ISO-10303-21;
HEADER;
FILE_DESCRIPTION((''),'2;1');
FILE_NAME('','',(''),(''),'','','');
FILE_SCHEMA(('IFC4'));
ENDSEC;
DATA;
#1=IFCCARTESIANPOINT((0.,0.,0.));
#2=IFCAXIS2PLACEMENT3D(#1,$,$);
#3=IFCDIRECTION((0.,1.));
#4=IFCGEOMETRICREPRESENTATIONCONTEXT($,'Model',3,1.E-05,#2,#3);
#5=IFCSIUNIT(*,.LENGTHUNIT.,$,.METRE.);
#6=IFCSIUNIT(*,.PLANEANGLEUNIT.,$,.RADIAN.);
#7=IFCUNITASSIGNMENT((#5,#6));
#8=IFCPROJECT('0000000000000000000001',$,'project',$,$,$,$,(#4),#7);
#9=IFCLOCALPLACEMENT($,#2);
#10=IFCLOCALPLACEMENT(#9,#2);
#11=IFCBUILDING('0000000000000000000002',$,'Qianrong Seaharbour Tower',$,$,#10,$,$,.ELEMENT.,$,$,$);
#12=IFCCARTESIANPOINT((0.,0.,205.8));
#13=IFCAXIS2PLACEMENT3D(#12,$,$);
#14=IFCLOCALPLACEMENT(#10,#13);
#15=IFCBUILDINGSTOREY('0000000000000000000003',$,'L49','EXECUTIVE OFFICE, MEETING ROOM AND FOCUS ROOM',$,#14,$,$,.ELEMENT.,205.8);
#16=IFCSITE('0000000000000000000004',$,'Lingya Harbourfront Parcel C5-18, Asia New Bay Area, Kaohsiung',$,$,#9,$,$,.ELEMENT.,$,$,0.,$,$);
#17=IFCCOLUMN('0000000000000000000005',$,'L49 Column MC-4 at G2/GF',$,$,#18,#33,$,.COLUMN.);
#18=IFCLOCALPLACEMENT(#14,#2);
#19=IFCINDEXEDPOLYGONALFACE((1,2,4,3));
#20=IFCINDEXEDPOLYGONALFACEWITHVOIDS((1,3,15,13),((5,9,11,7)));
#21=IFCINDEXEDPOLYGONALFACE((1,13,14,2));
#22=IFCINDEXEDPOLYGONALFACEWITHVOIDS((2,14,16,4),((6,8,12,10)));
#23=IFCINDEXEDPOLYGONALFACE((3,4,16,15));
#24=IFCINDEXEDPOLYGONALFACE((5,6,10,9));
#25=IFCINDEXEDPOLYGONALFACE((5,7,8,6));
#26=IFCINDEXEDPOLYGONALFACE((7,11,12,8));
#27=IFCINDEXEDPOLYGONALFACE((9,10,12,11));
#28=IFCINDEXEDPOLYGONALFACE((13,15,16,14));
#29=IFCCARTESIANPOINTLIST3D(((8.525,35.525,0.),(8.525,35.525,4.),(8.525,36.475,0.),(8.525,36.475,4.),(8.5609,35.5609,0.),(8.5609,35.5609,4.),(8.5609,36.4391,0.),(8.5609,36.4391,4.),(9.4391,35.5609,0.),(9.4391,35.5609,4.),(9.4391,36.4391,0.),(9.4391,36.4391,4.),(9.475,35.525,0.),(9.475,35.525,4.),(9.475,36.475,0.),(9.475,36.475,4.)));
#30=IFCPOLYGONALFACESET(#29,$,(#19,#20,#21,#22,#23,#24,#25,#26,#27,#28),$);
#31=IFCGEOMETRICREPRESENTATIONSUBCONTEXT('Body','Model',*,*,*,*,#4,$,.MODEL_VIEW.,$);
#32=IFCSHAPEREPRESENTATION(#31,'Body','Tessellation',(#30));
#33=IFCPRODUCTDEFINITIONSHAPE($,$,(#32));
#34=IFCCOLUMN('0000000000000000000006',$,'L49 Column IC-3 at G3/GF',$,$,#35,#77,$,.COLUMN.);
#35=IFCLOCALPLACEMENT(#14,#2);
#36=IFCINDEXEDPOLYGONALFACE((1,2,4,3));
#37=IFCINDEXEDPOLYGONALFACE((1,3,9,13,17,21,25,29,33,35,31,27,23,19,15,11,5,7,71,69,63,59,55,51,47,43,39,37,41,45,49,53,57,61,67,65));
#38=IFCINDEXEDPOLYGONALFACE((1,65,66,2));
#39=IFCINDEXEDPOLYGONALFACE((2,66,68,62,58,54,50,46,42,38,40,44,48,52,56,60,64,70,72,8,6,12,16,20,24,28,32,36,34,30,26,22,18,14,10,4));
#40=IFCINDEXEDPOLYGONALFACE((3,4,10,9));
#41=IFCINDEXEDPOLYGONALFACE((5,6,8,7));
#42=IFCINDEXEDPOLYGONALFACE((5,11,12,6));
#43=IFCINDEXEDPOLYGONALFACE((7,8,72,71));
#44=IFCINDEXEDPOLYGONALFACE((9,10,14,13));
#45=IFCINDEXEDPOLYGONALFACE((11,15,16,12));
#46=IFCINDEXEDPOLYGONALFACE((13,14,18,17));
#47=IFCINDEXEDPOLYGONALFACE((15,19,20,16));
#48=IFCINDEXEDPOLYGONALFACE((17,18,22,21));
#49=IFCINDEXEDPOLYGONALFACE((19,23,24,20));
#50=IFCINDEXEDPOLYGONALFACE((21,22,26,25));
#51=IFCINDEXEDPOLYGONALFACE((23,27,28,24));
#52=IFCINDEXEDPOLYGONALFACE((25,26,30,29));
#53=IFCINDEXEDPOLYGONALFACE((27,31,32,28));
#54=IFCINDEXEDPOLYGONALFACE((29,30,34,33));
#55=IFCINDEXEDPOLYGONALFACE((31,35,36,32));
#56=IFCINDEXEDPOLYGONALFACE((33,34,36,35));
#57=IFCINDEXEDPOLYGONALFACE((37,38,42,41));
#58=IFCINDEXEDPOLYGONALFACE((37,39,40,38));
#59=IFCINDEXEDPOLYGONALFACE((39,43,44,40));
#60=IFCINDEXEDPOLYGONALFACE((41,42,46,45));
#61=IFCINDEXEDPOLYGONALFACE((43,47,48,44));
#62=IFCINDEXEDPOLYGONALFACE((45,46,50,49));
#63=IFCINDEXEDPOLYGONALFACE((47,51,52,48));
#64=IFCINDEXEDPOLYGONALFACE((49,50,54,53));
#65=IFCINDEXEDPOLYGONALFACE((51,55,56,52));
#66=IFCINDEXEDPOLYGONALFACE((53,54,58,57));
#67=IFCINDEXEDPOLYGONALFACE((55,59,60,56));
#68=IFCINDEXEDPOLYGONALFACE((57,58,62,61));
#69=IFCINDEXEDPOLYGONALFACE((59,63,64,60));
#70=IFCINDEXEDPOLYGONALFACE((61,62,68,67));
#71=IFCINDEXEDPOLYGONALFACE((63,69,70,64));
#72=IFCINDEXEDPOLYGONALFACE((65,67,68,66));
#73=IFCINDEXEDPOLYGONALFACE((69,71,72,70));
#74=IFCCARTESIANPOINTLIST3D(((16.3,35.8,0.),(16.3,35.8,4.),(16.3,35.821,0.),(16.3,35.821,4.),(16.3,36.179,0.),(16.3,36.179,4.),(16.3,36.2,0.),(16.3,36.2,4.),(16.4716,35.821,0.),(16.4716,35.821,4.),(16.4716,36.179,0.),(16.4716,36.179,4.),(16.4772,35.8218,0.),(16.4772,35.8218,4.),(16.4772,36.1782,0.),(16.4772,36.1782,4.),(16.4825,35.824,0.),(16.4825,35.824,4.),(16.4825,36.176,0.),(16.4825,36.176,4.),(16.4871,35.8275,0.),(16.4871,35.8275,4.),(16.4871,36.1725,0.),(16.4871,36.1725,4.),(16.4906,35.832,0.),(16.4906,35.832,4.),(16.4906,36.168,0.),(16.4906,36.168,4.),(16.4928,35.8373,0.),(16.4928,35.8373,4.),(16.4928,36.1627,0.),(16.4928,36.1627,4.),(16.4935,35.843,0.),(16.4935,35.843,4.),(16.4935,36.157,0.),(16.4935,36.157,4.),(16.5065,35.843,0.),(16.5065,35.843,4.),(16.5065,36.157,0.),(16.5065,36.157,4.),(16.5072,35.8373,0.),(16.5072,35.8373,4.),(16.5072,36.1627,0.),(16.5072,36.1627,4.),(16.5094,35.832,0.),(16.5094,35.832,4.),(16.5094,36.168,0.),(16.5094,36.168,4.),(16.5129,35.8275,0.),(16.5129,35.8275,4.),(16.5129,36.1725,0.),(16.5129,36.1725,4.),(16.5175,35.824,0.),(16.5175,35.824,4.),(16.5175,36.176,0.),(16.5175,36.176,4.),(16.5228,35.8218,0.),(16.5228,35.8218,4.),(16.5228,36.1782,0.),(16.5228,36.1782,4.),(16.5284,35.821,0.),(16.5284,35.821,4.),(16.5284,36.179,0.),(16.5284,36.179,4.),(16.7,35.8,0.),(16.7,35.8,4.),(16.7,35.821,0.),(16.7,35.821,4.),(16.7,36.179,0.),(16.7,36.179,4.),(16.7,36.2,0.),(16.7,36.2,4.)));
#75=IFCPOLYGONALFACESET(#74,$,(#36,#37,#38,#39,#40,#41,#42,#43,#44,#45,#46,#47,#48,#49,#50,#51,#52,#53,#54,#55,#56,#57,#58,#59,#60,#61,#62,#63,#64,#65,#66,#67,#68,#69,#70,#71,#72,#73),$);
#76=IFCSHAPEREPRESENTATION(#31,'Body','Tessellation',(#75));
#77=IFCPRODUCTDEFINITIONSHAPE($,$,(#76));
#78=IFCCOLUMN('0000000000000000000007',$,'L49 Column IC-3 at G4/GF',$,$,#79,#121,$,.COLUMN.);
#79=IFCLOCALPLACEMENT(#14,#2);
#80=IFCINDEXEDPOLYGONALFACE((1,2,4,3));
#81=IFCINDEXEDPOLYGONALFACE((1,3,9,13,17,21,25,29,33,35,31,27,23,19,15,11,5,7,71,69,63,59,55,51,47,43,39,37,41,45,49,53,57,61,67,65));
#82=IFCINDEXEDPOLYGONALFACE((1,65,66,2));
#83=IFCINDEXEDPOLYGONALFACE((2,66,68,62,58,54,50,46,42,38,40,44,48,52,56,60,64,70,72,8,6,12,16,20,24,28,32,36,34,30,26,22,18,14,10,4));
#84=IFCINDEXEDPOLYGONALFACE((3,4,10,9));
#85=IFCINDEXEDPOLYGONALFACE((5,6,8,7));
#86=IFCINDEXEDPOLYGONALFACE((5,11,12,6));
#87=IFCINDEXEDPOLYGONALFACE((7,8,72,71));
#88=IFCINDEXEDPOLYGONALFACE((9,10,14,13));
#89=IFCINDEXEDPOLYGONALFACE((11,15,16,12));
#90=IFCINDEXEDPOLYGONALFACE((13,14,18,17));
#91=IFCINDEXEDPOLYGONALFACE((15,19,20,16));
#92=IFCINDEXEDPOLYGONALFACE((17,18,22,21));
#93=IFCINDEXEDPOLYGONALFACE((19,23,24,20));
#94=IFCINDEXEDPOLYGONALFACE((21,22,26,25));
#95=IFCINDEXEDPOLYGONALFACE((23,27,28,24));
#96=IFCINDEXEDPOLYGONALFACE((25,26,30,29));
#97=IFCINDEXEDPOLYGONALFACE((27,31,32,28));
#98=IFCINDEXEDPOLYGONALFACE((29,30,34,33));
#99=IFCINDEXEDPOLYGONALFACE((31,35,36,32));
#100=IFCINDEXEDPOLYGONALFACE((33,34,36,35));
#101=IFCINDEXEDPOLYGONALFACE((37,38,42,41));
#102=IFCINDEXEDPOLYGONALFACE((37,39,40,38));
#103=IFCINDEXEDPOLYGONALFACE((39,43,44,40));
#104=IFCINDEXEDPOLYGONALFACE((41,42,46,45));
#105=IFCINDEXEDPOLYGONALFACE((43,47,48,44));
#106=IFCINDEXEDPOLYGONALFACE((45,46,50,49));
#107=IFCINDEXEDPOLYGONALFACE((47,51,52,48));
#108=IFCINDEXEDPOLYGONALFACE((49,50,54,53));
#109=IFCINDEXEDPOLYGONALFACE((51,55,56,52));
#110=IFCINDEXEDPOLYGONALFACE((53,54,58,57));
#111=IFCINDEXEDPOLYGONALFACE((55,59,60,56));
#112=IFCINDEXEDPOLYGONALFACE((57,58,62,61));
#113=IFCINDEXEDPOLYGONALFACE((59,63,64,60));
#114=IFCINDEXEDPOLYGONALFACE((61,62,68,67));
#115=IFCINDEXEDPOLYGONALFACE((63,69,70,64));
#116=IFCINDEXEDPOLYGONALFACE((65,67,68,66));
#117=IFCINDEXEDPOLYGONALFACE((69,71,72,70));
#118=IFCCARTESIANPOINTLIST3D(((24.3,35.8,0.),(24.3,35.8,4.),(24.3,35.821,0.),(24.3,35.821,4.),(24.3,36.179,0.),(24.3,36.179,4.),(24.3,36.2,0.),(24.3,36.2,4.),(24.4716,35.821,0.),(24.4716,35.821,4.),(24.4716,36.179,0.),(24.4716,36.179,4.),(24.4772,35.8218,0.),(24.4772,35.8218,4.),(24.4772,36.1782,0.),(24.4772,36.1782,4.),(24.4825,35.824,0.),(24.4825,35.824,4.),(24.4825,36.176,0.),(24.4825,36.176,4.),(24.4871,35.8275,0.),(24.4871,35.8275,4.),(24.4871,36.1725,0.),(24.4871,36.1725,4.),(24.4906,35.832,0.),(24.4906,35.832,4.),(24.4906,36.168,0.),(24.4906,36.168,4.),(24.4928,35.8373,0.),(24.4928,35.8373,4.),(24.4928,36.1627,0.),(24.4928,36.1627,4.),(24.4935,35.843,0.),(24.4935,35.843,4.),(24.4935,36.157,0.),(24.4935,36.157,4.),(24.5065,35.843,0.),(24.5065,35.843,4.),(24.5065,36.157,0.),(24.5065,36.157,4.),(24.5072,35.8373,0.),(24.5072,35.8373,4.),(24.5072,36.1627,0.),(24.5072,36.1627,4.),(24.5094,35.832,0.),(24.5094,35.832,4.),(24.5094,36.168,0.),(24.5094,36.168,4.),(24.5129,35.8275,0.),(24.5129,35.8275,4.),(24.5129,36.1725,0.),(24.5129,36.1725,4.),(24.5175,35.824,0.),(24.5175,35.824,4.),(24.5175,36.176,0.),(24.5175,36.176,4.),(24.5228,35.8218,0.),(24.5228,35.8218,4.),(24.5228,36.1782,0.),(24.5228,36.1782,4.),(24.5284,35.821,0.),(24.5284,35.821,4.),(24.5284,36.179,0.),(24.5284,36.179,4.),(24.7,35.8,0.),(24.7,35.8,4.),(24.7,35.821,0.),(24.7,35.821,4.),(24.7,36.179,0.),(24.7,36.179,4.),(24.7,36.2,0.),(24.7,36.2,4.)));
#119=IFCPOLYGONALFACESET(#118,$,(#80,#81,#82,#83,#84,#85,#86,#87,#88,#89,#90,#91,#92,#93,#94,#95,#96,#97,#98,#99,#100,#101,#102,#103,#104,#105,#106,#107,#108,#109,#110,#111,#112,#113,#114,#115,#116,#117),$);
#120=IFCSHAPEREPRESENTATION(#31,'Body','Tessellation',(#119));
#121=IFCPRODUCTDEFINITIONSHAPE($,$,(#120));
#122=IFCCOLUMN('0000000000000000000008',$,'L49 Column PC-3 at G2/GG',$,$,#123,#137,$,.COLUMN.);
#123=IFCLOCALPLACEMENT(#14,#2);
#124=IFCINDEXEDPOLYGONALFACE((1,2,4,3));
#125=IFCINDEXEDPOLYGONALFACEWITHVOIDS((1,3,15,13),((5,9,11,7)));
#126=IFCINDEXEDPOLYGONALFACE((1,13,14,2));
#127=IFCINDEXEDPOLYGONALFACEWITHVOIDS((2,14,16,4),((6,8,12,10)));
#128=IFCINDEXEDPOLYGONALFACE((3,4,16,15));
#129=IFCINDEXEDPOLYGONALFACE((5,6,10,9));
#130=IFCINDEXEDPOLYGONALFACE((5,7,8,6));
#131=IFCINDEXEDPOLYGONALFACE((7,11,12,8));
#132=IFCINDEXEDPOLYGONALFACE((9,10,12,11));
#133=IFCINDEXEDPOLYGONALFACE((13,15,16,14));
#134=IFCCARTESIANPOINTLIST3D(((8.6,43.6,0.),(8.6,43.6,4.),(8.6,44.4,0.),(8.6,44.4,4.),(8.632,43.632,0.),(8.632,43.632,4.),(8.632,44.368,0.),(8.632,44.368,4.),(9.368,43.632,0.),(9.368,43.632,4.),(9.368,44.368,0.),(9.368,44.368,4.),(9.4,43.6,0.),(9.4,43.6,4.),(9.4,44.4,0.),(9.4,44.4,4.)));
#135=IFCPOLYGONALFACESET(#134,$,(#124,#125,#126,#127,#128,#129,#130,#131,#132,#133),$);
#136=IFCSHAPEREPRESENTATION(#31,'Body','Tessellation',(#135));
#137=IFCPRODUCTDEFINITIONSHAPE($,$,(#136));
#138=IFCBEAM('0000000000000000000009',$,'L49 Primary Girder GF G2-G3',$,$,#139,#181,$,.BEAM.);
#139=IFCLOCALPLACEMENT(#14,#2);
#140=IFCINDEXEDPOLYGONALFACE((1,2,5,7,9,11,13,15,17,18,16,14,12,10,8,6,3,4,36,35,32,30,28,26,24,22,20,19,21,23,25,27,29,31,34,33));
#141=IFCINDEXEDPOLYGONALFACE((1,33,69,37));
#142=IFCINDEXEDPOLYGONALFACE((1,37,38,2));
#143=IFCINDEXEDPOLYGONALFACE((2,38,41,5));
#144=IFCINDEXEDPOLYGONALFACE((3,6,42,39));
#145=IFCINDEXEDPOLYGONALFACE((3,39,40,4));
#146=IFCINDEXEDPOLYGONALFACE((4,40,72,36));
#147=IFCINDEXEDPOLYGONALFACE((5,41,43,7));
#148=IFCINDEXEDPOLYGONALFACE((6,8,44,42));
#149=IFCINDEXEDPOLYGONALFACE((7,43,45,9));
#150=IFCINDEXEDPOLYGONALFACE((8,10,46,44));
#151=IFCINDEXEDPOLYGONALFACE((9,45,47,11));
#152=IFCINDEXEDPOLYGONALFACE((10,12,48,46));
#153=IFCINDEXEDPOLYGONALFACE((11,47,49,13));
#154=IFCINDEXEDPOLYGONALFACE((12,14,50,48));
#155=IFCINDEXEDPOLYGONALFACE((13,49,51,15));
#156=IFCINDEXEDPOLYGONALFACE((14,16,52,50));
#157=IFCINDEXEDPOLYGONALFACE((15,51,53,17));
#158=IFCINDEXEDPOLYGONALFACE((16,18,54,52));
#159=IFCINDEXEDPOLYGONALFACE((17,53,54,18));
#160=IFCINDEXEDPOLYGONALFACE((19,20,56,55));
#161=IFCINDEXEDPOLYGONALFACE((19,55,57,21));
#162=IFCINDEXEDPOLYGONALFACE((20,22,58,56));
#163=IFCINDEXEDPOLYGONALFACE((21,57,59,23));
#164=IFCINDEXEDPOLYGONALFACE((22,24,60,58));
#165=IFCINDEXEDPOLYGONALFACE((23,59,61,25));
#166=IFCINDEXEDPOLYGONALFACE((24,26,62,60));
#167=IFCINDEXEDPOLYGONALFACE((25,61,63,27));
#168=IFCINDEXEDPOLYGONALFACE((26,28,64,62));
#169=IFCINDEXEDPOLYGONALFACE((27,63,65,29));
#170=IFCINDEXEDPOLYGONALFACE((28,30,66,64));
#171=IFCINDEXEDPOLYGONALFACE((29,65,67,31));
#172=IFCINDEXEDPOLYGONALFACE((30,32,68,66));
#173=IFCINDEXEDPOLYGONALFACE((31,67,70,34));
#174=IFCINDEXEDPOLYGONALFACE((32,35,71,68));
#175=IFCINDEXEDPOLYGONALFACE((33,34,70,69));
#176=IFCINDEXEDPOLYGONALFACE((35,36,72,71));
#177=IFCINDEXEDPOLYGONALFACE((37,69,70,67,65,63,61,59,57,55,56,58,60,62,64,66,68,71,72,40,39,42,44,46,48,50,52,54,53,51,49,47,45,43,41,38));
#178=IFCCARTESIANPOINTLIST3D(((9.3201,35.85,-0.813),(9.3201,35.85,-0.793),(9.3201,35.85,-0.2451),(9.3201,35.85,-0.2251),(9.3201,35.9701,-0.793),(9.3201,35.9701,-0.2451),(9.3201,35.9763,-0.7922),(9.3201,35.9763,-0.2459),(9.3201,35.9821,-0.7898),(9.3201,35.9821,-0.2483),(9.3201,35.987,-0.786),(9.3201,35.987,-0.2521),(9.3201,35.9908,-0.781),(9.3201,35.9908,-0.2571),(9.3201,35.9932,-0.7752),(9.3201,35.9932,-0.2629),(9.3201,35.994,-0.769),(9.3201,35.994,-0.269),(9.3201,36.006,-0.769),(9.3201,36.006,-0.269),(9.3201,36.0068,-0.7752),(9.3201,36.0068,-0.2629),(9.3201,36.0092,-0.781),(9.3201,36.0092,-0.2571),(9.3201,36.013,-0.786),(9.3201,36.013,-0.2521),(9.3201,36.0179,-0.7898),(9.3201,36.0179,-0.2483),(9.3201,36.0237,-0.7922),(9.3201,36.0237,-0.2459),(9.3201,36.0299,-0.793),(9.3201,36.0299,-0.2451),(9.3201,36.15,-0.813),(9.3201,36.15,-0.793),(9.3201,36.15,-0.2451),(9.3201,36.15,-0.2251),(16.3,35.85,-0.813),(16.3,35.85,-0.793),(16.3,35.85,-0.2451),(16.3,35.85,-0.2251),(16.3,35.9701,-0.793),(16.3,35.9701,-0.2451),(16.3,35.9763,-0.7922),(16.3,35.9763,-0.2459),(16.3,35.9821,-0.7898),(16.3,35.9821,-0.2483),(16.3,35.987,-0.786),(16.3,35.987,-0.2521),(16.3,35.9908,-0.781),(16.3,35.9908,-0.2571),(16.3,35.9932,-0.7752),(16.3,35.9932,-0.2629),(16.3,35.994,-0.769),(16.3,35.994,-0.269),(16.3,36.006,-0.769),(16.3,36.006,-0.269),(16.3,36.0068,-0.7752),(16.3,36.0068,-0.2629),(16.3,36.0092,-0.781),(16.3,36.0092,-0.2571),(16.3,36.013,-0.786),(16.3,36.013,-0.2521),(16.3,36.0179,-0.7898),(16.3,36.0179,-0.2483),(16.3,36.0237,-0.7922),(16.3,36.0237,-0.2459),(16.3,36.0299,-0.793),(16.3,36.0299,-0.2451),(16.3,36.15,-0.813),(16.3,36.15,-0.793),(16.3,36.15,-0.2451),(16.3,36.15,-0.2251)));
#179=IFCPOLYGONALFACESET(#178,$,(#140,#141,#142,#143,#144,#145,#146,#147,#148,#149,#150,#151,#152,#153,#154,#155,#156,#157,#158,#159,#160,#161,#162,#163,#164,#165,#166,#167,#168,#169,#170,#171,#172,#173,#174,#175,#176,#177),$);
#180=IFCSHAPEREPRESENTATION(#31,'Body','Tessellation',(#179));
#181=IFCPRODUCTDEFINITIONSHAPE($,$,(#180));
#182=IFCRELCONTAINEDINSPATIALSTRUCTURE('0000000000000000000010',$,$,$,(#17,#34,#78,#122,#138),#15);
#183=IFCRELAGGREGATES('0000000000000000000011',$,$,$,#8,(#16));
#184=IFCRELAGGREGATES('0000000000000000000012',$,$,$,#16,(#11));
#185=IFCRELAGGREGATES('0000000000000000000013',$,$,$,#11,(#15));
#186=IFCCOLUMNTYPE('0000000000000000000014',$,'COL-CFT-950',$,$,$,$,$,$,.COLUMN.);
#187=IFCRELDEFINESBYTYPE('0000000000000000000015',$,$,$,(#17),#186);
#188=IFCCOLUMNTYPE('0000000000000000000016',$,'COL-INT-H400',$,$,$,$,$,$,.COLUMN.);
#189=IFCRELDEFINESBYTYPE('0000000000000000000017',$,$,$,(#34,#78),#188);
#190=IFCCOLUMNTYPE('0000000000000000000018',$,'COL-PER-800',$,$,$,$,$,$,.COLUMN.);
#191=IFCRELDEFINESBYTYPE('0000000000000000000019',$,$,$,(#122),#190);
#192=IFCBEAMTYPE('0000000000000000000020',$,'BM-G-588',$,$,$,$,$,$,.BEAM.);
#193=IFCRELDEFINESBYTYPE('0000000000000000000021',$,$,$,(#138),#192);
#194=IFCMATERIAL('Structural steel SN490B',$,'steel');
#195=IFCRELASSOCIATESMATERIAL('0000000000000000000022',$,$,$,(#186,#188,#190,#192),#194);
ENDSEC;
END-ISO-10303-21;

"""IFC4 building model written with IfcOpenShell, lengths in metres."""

from ifc_helpers import new_model, si_unit, direction, frame, origin, origin_2d, place, context, subcontext, project, spatial, hollow_rectangle, i_section, extrude, material, material_profile, profile_set, type_object, element, save


model = new_model("IFC4")

# Units and contexts
model_context = context("Model", 3, precision=1e-05, world=origin(), true_north=direction((0.0, 1.0)))
body_context = subcontext(model_context, "Body", "Model", "MODEL_VIEW")
ifc_project = project(units=[si_unit("LENGTHUNIT", "METRE"), si_unit("PLANEANGLEUNIT", "RADIAN")], contexts=[model_context])

# Site, building, storey
site_placement = place(None, origin())
site = spatial("IfcSite", under=ifc_project, at=site_placement, Name="Lingya Harbourfront Parcel C5-18, Asia New Bay Area, Kaohsiung", CompositionType="ELEMENT", RefElevation=0.0)
building_placement = place(site_placement, origin())
building = spatial("IfcBuilding", under=site, at=building_placement, Name="Qianrong Seaharbour Tower", CompositionType="ELEMENT")
storey_placement = place(building_placement, frame((0.0, 0.0, 205.8)))
storey = spatial("IfcBuildingStorey", under=building, at=storey_placement, Name="L49", Description="EXECUTIVE OFFICE, MEETING ROOM AND FOCUS ROOM", CompositionType="ELEMENT", Elevation=205.8)

# Columns
ifc_material_1 = material(Name="Structural steel SN490B", Category="steel")
ifc_material_profile_1 = material_profile(ifc_material_1, hollow_rectangle(XDim=0.95, YDim=0.95, WallThickness=0.0359, at=origin_2d()), Name="BOX950x950x36")
ifc_profile_set_1 = profile_set([ifc_material_profile_1], Name="Structural steel SN490B")
column_type_1 = type_object("IfcColumnType", Name="COL-CFT-950", PredefinedType="COLUMN", material=ifc_profile_set_1)
column_1_placement = place(storey_placement, frame((9.0, 36.0, 0.0), z_axis=(0.0, 0.0, 1.0), x_axis=(1.0, 0.0, 0.0)))
element("IfcColumn", 1, at=column_1_placement, inside=storey, type_object=column_type_1, Name="L49 Column MC-4 at G2/GF", PredefinedType="COLUMN", context=body_context, shape_type="SweptSolid", body=[
    extrude(hollow_rectangle(XDim=0.95, YDim=0.95, WallThickness=0.0359, at=origin_2d()), origin(), (0.0, 0.0, 1.0), 4.0),
])
ifc_material_profile_2 = material_profile(ifc_material_1, i_section(OverallWidth=0.3999, OverallDepth=0.3999, WebThickness=0.0129, FlangeThickness=0.021, FilletRadius=0.022, at=origin_2d()), Name="H400x400x13x21")
ifc_profile_set_2 = profile_set([ifc_material_profile_2], Name="Structural steel SN490B")
column_type_2 = type_object("IfcColumnType", Name="COL-INT-H400", PredefinedType="COLUMN", material=ifc_profile_set_2)
for number, where, z_axis, x_axis, name in (
    (2, (16.5, 36.0, 0.0), (0.0, 0.0, 1.0), (1.0, 0.0, 0.0), "L49 Column IC-3 at G3/GF"),
    (3, (24.5, 36.0, 0.0), (0.0, 0.0, 1.0), (1.0, 0.0, 0.0), "L49 Column IC-3 at G4/GF"),
):
    element("IfcColumn", number, at=place(storey_placement, frame(where, z_axis=z_axis, x_axis=x_axis)), inside=storey, type_object=column_type_2, Name=name, PredefinedType="COLUMN", context=body_context, shape_type="SweptSolid", body=[
        extrude(i_section(OverallWidth=0.3999, OverallDepth=0.3999, WebThickness=0.0129, FlangeThickness=0.021, FilletRadius=0.022, at=origin_2d()), origin(), (0.0, 0.0, 1.0), 4.0),
    ])
ifc_material_profile_3 = material_profile(ifc_material_1, hollow_rectangle(XDim=0.8, YDim=0.8, WallThickness=0.032, at=origin_2d()), Name="BOX800x800x32")
ifc_profile_set_3 = profile_set([ifc_material_profile_3], Name="Structural steel SN490B")
column_type_3 = type_object("IfcColumnType", Name="COL-PER-800", PredefinedType="COLUMN", material=ifc_profile_set_3)
column_2_placement = place(storey_placement, frame((9.0, 44.0, 0.0), z_axis=(0.0, 0.0, 1.0), x_axis=(1.0, 0.0, 0.0)))
element("IfcColumn", 4, at=column_2_placement, inside=storey, type_object=column_type_3, Name="L49 Column PC-3 at G2/GG", PredefinedType="COLUMN", context=body_context, shape_type="SweptSolid", body=[
    extrude(hollow_rectangle(XDim=0.8, YDim=0.8, WallThickness=0.032, at=origin_2d()), origin(), (0.0, 0.0, 1.0), 4.0),
])

# Beam
ifc_material_profile_4 = material_profile(ifc_material_1, i_section(OverallWidth=0.3, OverallDepth=0.5879, WebThickness=0.012, FlangeThickness=0.02, FilletRadius=0.0239, at=origin_2d()), Name="H588x300x12x20")
ifc_profile_set_4 = profile_set([ifc_material_profile_4], Name="Structural steel SN490B")
beam_type_1 = type_object("IfcBeamType", Name="BM-G-588", PredefinedType="BEAM", material=ifc_profile_set_4)
beam_1_placement = place(storey_placement, frame((9.3201, 36.0, -0.519), z_axis=(1.0, 0.0, 0.0), x_axis=(0.0, 1.0, 0.0)))
element("IfcBeam", 5, at=beam_1_placement, inside=storey, type_object=beam_type_1, Name="L49 Primary Girder GF G2-G3", PredefinedType="BEAM", context=body_context, shape_type="SweptSolid", body=[
    extrude(i_section(OverallWidth=0.3, OverallDepth=0.5879, WebThickness=0.012, FlangeThickness=0.02, FilletRadius=0.0239, at=origin_2d()), origin(), (0.0, 0.0, 1.0), 6.98),
])

save(model, "model.ifc")
